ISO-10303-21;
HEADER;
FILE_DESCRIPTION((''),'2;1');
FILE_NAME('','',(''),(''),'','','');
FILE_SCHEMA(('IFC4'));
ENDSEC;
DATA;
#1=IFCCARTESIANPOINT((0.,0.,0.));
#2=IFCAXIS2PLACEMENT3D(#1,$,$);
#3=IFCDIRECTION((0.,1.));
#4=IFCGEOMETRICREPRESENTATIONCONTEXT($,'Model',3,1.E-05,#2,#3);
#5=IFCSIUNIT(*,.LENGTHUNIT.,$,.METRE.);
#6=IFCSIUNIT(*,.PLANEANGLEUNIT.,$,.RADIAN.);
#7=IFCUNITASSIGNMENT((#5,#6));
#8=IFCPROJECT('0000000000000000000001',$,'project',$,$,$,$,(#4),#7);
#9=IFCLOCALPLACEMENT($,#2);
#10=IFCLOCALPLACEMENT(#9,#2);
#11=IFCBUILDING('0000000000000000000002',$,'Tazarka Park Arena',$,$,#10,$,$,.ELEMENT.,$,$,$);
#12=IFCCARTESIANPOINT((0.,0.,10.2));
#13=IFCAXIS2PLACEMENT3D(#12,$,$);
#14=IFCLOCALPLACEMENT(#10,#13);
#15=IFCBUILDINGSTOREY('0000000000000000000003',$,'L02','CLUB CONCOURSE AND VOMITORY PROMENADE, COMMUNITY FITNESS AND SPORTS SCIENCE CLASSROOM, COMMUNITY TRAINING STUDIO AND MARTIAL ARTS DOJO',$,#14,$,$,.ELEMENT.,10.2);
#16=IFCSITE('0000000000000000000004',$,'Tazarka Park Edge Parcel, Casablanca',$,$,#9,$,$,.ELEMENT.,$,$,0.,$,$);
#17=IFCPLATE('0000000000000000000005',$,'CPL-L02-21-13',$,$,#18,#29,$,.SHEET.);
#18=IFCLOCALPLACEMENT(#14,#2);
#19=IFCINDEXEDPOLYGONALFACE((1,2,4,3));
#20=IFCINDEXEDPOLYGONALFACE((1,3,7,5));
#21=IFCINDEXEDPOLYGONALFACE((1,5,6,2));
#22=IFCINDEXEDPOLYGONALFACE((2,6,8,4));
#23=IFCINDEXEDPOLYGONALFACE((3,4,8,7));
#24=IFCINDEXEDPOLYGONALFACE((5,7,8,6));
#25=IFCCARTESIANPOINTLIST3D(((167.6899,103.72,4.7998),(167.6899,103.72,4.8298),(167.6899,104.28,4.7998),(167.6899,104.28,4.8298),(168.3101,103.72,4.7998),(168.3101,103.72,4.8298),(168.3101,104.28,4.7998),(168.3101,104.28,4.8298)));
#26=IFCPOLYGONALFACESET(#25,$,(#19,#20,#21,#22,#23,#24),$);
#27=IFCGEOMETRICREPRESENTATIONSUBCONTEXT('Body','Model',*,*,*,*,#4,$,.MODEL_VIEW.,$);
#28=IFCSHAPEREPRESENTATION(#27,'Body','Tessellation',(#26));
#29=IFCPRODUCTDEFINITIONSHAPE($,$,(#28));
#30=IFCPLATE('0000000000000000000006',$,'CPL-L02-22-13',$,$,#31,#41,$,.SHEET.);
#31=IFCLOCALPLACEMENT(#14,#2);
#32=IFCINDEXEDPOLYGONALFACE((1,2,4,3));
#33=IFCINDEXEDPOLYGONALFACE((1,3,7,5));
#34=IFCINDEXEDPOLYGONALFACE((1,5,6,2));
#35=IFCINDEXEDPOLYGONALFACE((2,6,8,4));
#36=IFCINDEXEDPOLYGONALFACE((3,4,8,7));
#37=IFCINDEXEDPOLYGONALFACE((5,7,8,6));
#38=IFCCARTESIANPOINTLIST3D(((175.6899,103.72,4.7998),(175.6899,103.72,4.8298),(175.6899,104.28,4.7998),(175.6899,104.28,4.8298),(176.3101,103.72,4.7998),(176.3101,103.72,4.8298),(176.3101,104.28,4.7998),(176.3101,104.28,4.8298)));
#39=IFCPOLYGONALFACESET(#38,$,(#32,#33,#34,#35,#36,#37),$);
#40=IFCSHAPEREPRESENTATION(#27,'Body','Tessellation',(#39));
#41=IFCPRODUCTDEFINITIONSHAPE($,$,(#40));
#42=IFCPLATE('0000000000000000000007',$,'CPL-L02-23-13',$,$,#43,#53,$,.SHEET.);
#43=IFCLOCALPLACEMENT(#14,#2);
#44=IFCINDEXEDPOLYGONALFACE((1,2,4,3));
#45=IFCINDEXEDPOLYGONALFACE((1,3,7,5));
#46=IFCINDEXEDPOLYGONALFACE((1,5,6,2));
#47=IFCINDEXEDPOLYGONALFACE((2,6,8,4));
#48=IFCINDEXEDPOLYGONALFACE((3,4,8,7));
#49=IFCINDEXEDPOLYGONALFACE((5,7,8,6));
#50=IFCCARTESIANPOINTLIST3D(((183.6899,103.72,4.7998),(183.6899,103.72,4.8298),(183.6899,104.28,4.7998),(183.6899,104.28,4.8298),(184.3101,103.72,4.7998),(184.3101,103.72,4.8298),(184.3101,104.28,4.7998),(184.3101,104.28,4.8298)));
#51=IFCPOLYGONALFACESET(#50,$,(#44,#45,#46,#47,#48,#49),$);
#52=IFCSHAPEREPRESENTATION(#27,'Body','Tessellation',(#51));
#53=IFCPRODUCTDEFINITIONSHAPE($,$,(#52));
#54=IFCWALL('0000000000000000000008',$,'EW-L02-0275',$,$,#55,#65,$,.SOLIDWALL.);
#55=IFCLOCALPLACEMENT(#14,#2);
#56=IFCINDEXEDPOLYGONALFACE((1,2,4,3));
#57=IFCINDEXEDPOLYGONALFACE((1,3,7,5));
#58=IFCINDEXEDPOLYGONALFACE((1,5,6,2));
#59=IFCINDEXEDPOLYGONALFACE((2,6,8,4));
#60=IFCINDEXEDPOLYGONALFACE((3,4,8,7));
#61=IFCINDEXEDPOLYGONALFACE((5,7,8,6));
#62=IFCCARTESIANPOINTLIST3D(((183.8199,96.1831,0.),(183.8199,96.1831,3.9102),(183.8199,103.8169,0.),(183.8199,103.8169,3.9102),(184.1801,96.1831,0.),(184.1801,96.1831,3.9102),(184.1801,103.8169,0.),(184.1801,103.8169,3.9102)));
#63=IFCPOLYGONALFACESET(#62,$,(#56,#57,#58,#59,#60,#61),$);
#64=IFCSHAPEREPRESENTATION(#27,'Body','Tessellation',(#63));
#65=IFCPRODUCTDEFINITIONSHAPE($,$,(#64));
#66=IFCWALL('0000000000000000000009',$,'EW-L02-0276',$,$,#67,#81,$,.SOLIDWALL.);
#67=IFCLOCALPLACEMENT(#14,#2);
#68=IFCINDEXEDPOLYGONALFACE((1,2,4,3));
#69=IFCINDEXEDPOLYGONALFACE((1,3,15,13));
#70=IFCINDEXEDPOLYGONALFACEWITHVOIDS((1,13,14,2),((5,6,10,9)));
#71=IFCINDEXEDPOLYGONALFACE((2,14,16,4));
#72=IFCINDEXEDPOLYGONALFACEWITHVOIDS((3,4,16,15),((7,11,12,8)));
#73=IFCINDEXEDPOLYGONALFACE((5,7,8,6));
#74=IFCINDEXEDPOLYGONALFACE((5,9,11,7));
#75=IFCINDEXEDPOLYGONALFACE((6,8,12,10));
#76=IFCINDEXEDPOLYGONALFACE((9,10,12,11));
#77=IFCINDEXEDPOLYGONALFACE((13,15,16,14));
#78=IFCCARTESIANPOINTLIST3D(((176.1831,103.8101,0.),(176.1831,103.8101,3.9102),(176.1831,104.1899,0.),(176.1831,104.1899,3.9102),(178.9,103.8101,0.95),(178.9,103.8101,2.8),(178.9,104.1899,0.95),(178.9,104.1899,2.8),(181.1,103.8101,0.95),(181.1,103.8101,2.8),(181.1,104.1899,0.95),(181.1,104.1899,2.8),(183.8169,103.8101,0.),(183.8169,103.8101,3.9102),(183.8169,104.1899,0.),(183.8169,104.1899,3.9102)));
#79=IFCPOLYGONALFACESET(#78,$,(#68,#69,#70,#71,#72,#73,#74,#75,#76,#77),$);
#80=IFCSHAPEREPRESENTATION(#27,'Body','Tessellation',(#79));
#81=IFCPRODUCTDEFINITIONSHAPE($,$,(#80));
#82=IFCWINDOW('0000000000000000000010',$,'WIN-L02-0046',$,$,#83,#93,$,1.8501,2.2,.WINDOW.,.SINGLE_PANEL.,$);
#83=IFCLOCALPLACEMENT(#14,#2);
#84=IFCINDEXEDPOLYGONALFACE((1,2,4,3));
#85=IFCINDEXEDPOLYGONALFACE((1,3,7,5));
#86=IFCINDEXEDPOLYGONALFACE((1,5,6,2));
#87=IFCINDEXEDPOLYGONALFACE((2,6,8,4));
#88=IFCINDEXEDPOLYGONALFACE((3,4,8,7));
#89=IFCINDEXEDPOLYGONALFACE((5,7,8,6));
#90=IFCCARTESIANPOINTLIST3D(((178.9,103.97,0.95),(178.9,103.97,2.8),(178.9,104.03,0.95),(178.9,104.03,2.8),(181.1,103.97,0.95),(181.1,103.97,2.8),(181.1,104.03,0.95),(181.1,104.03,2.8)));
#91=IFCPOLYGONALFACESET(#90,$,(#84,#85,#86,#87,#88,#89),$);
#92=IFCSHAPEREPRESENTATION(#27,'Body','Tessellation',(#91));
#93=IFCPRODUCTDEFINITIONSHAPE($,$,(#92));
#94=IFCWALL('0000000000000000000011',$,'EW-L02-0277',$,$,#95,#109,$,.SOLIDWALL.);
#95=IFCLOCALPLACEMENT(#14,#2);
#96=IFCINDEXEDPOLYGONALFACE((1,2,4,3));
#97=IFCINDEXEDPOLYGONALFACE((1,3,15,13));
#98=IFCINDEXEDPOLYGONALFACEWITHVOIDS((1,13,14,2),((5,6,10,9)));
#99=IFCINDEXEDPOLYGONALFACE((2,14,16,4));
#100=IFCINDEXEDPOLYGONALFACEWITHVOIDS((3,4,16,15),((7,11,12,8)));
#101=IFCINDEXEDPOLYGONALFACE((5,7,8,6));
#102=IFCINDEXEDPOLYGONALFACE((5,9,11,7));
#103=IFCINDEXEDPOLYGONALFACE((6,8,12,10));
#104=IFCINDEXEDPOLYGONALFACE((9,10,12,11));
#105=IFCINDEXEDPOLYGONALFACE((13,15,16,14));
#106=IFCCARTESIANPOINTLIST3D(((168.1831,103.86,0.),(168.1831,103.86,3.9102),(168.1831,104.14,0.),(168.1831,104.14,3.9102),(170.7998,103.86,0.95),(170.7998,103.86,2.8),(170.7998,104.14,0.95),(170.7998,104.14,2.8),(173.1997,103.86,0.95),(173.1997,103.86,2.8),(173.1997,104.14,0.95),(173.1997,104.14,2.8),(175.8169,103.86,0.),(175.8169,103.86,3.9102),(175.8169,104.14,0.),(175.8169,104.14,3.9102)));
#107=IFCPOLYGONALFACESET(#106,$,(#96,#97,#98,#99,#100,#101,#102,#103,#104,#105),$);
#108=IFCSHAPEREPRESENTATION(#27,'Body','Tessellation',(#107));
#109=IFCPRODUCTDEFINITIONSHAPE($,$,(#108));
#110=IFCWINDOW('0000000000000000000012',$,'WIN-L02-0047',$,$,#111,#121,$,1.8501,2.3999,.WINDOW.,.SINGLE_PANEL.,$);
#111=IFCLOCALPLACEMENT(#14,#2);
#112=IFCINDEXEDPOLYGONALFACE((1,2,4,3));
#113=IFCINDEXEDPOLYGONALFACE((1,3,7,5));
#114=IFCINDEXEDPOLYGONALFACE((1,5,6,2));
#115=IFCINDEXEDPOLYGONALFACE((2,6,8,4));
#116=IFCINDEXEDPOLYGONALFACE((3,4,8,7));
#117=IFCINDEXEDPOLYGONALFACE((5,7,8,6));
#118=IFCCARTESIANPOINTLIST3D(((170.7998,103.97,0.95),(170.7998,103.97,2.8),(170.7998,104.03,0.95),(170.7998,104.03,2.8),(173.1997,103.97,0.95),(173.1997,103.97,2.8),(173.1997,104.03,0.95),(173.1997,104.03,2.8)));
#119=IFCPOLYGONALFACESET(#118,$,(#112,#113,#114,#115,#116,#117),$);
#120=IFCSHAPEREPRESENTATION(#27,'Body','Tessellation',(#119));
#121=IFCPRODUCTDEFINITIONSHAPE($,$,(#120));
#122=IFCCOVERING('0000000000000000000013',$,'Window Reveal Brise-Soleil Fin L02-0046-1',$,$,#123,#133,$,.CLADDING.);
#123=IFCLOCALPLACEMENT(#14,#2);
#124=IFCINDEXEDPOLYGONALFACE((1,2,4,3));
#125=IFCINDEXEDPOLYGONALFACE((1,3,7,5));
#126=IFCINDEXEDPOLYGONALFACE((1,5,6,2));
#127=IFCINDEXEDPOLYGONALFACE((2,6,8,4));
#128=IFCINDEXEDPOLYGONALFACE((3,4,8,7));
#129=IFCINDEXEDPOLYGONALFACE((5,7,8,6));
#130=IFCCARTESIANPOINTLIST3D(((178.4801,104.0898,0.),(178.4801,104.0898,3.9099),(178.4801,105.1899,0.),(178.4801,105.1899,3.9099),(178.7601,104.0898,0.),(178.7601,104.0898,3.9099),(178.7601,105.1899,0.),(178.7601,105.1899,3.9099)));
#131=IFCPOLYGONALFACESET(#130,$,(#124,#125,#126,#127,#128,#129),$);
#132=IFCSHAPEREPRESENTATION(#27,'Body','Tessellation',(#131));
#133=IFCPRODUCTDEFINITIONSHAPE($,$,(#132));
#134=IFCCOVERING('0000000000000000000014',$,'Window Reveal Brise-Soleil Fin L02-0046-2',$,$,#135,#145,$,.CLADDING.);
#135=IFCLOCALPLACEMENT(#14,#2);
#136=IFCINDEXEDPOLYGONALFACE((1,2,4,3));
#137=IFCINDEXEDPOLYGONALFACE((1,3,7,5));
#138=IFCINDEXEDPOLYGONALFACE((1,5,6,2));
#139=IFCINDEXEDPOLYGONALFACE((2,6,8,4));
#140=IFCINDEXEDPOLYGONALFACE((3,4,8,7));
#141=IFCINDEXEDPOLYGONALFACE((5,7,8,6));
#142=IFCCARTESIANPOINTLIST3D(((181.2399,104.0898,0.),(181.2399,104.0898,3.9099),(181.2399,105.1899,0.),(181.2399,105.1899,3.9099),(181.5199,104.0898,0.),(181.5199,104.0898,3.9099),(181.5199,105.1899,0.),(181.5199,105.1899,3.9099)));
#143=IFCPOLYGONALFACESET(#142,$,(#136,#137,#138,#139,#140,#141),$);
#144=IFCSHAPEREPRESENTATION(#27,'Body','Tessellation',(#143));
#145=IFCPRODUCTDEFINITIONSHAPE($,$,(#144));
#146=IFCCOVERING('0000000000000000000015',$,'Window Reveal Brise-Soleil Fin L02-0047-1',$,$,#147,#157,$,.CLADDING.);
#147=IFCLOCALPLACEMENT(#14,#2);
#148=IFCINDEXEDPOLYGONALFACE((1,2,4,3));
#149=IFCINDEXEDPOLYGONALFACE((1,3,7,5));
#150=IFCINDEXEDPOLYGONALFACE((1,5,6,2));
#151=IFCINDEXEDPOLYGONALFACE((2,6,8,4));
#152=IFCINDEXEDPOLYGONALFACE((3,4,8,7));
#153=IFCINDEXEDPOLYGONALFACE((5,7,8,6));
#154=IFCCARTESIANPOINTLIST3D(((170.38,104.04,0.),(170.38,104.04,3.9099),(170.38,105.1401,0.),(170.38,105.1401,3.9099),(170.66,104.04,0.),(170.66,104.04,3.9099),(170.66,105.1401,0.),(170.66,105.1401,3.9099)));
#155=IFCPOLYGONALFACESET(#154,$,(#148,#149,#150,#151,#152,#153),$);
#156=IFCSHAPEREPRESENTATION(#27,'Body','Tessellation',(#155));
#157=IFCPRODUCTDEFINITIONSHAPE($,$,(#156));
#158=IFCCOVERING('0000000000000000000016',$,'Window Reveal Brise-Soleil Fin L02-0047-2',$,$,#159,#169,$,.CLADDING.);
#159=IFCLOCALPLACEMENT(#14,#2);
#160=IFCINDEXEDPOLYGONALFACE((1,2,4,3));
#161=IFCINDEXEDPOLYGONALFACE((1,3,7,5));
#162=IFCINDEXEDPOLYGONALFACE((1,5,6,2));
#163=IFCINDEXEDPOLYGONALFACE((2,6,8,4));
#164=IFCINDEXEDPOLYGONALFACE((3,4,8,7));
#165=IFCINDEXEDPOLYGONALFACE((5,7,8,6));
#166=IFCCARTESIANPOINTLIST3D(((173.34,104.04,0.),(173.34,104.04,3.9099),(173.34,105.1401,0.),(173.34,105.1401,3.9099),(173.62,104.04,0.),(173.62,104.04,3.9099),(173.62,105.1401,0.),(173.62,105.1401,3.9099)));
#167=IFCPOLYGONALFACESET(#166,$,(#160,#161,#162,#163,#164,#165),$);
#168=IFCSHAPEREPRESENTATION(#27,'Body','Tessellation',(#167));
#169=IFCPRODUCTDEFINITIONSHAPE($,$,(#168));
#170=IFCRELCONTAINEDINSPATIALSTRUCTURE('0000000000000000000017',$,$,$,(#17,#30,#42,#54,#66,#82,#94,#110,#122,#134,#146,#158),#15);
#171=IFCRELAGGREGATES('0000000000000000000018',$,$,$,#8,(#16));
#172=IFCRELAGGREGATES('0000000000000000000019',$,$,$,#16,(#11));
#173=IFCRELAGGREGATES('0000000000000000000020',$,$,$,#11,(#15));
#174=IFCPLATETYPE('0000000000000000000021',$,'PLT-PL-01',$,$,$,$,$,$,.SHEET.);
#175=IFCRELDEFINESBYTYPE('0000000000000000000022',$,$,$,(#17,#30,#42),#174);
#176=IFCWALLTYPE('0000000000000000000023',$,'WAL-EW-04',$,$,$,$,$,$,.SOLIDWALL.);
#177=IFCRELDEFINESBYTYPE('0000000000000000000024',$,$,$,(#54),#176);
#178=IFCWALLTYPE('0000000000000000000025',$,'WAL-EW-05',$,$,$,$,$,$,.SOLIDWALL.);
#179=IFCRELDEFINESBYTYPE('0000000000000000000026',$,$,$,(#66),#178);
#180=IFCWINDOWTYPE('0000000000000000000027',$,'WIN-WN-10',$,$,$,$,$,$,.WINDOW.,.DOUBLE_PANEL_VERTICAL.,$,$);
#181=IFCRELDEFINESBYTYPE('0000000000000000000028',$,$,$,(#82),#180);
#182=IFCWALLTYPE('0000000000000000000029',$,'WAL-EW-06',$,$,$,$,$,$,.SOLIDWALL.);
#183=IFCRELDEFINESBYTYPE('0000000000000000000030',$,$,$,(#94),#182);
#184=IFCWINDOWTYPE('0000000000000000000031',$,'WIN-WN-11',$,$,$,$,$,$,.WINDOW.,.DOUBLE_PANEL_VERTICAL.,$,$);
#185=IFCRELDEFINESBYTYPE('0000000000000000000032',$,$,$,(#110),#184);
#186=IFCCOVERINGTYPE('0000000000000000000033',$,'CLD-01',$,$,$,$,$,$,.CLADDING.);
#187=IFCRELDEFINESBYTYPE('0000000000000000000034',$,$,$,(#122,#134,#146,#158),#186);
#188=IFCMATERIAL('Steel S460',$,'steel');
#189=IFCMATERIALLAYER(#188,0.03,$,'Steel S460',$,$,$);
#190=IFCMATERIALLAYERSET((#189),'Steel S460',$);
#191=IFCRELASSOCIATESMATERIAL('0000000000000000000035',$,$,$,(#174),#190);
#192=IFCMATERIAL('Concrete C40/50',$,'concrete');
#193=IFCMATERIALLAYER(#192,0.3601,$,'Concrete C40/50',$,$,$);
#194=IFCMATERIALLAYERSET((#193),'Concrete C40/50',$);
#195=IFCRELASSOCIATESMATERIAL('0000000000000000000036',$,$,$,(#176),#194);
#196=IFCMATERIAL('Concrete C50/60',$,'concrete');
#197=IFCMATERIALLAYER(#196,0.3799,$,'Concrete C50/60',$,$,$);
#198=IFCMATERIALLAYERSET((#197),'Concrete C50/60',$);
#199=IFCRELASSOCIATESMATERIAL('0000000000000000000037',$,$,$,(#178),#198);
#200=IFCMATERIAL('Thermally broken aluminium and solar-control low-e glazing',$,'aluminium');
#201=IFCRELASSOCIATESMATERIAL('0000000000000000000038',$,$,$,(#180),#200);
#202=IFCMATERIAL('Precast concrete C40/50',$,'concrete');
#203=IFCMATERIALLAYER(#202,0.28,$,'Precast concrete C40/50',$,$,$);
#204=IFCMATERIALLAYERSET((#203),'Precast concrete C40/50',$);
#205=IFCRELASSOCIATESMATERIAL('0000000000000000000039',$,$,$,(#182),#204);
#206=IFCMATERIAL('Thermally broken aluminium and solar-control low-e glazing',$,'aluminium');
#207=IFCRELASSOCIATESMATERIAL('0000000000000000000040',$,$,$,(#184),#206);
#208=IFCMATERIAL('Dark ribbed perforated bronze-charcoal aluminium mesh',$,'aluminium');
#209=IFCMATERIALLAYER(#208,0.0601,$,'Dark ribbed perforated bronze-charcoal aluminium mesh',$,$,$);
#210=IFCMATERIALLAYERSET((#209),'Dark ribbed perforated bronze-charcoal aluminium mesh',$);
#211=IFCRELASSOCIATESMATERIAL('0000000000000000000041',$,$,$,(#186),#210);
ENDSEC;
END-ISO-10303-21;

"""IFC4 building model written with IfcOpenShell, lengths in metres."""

from ifc_helpers import new_model, si_unit, direction, frame, frame_2d, origin, origin_2d, place, context, subcontext, project, spatial, rectangle, extrude, material, layer, layer_set, type_object, element, fill, save


model = new_model("IFC4")

# Units and contexts
model_context = context("Model", 3, precision=1e-05, world=origin(), true_north=direction((0.0, 1.0)))
body_context = subcontext(model_context, "Body", "Model", "MODEL_VIEW")
ifc_project = project(units=[si_unit("LENGTHUNIT", "METRE"), si_unit("PLANEANGLEUNIT", "RADIAN")], contexts=[model_context])

# Site, building, storey
site_placement = place(None, origin())
site = spatial("IfcSite", under=ifc_project, at=site_placement, Name="Tazarka Park Edge Parcel, Casablanca", CompositionType="ELEMENT", RefElevation=0.0)
building_placement = place(site_placement, origin())
building = spatial("IfcBuilding", under=site, at=building_placement, Name="Tazarka Park Arena", CompositionType="ELEMENT")
storey_placement = place(building_placement, frame((0.0, 0.0, 10.2)))
storey = spatial("IfcBuildingStorey", under=building, at=storey_placement, Name="L02", Description="CLUB CONCOURSE AND VOMITORY PROMENADE, COMMUNITY FITNESS AND SPORTS SCIENCE CLASSROOM, COMMUNITY TRAINING STUDIO AND MARTIAL ARTS DOJO", CompositionType="ELEMENT", Elevation=10.2)

# Plates
ifc_material_1 = material(Name="Steel S460", Category="steel")
ifc_layer_1 = layer(ifc_material_1, 0.03, Name="Steel S460")
ifc_layer_set_1 = layer_set([ifc_layer_1], Name="Steel S460")
plate_type = type_object("IfcPlateType", Name="PLT-PL-01", PredefinedType="SHEET", material=ifc_layer_set_1)
for number, where, z_axis, x_axis, name in (
    (1, (168.0, 104.0, 4.7998), (0.0, 0.0, 1.0), (1.0, 0.0, 0.0), "CPL-L02-21-13"),
    (2, (176.0, 104.0, 4.7998), (0.0, 0.0, 1.0), (1.0, 0.0, 0.0), "CPL-L02-22-13"),
    (3, (184.0, 104.0, 4.7998), (0.0, 0.0, 1.0), (1.0, 0.0, 0.0), "CPL-L02-23-13"),
):
    element("IfcPlate", number, at=place(storey_placement, frame(where, z_axis=z_axis, x_axis=x_axis)), inside=storey, type_object=plate_type, Name=name, PredefinedType="SHEET", context=body_context, shape_type="SweptSolid", body=[
        extrude(rectangle(XDim=0.6201, YDim=0.5601, at=origin_2d()), origin(), (0.0, 0.0, 1.0), 0.03),
    ])

# Wall
ifc_material_2 = material(Name="Concrete C40/50", Category="concrete")
ifc_layer_2 = layer(ifc_material_2, 0.3601, Name="Concrete C40/50")
ifc_layer_set_2 = layer_set([ifc_layer_2], Name="Concrete C40/50")
wall_type_1 = type_object("IfcWallType", Name="WAL-EW-04", PredefinedType="SOLIDWALL", material=ifc_layer_set_2)
wall_1_placement = place(storey_placement, frame((184.0, 103.8169, 0.0), z_axis=(0.0, 0.0, 1.0), x_axis=(0.0, -1.0, 0.0)))
element("IfcWall", 4, at=wall_1_placement, inside=storey, type_object=wall_type_1, Name="EW-L02-0275", PredefinedType="SOLIDWALL", context=body_context, shape_type="SweptSolid", body=[
    extrude(rectangle(XDim=7.6338, YDim=0.3601, at=frame_2d((3.8169, 0.0))), origin(), (0.0, 0.0, 1.0), 3.9102),
])

# Walls, openings, windows
ifc_material_3 = material(Name="Concrete C50/60", Category="concrete")
ifc_layer_3 = layer(ifc_material_3, 0.3799, Name="Concrete C50/60")
ifc_layer_set_3 = layer_set([ifc_layer_3], Name="Concrete C50/60")
wall_type_2 = type_object("IfcWallType", Name="WAL-EW-05", PredefinedType="SOLIDWALL", material=ifc_layer_set_3)
wall_2_placement = place(storey_placement, frame((176.1831, 104.0, 0.0), z_axis=(0.0, 0.0, 1.0), x_axis=(1.0, 0.0, 0.0)))
wall_2 = element("IfcWall", 5, at=wall_2_placement, inside=storey, type_object=wall_type_2, Name="EW-L02-0276", PredefinedType="SOLIDWALL", context=body_context, shape_type="SweptSolid", body=[
    extrude(rectangle(XDim=7.6338, YDim=0.3799, at=frame_2d((3.8169, 0.0))), origin(), (0.0, 0.0, 1.0), 3.9102),
])
opening_1_placement = place(wall_2_placement, frame((2.7168, 0.0, 0.95)))
opening_1 = element("IfcOpeningElement", 6, at=opening_1_placement, cuts=wall_2, PredefinedType="OPENING", context=body_context, shape_type="SweptSolid", body=[
    extrude(rectangle(XDim=2.2, YDim=1.8501, at=frame_2d((1.1001, 0.925))), frame((0.0, 0.2, 0.0), z_axis=(0.0, -1.0, 0.0), x_axis=(1.0, 0.0, 0.0)), (0.0, 0.0, 1.0), 0.3999),
])
ifc_material_4 = material(Name="Thermally broken aluminium and solar-control low-e glazing", Category="aluminium")
window_type_1 = type_object("IfcWindowType", Name="WIN-WN-10", PartitioningType="DOUBLE_PANEL_VERTICAL", PredefinedType="WINDOW", material=ifc_material_4)
window_1_placement = place(opening_1_placement, origin())
window_1 = element("IfcWindow", 7, at=window_1_placement, inside=storey, type_object=window_type_1, Name="WIN-L02-0046", OverallHeight=1.8501, OverallWidth=2.2, PartitioningType="SINGLE_PANEL", PredefinedType="WINDOW", context=body_context, shape_type="SweptSolid", body=[
    extrude(rectangle(XDim=2.2, YDim=1.8501, at=frame_2d((1.1001, 0.925))), frame((0.0, 0.03, 0.0), z_axis=(0.0, -1.0, 0.0), x_axis=(1.0, 0.0, 0.0)), (0.0, 0.0, 1.0), 0.0601),
])
fill(opening_1, window_1)
ifc_material_5 = material(Name="Precast concrete C40/50", Category="concrete")
ifc_layer_4 = layer(ifc_material_5, 0.28, Name="Precast concrete C40/50")
ifc_layer_set_4 = layer_set([ifc_layer_4], Name="Precast concrete C40/50")
wall_type_3 = type_object("IfcWallType", Name="WAL-EW-06", PredefinedType="SOLIDWALL", material=ifc_layer_set_4)
wall_3_placement = place(storey_placement, frame((168.1831, 104.0, 0.0), z_axis=(0.0, 0.0, 1.0), x_axis=(1.0, 0.0, 0.0)))
wall_3 = element("IfcWall", 8, at=wall_3_placement, inside=storey, type_object=wall_type_3, Name="EW-L02-0277", PredefinedType="SOLIDWALL", context=body_context, shape_type="SweptSolid", body=[
    extrude(rectangle(XDim=7.6338, YDim=0.28, at=frame_2d((3.8169, 0.0))), origin(), (0.0, 0.0, 1.0), 3.9102),
])
opening_2_placement = place(wall_3_placement, frame((2.6167, 0.0, 0.95)))
opening_2 = element("IfcOpeningElement", 9, at=opening_2_placement, cuts=wall_3, PredefinedType="OPENING", context=body_context, shape_type="SweptSolid", body=[
    extrude(rectangle(XDim=2.3999, YDim=1.8501, at=frame_2d((1.2, 0.925))), frame((0.0, 0.1499, 0.0), z_axis=(0.0, -1.0, 0.0), x_axis=(1.0, 0.0, 0.0)), (0.0, 0.0, 1.0), 0.3),
])
ifc_material_6 = material(Name="Thermally broken aluminium and solar-control low-e glazing", Category="aluminium")
window_type_2 = type_object("IfcWindowType", Name="WIN-WN-11", PartitioningType="DOUBLE_PANEL_VERTICAL", PredefinedType="WINDOW", material=ifc_material_6)
window_2_placement = place(opening_2_placement, origin())
window_2 = element("IfcWindow", 10, at=window_2_placement, inside=storey, type_object=window_type_2, Name="WIN-L02-0047", OverallHeight=1.8501, OverallWidth=2.3999, PartitioningType="SINGLE_PANEL", PredefinedType="WINDOW", context=body_context, shape_type="SweptSolid", body=[
    extrude(rectangle(XDim=2.3999, YDim=1.8501, at=frame_2d((1.2, 0.925))), frame((0.0, 0.03, 0.0), z_axis=(0.0, -1.0, 0.0), x_axis=(1.0, 0.0, 0.0)), (0.0, 0.0, 1.0), 0.0601),
])
fill(opening_2, window_2)

# Coverings
ifc_material_7 = material(Name="Dark ribbed perforated bronze-charcoal aluminium mesh", Category="aluminium")
ifc_layer_5 = layer(ifc_material_7, 0.0601, Name="Dark ribbed perforated bronze-charcoal aluminium mesh")
ifc_layer_set_5 = layer_set([ifc_layer_5], Name="Dark ribbed perforated bronze-charcoal aluminium mesh")
covering_type = type_object("IfcCoveringType", Name="CLD-01", PredefinedType="CLADDING", material=ifc_layer_set_5)
for number, where, z_axis, x_axis, name in (
    (11, (178.6201, 104.6399, 0.0), (0.0, 0.0, 1.0), (1.0, 0.0, 0.0), "Window Reveal Brise-Soleil Fin L02-0046-1"),
    (12, (181.3799, 104.6399, 0.0), (0.0, 0.0, 1.0), (1.0, 0.0, 0.0), "Window Reveal Brise-Soleil Fin L02-0046-2"),
    (13, (170.52, 104.5901, 0.0), (0.0, 0.0, 1.0), (1.0, 0.0, 0.0), "Window Reveal Brise-Soleil Fin L02-0047-1"),
    (14, (173.48, 104.5901, 0.0), (0.0, 0.0, 1.0), (1.0, 0.0, 0.0), "Window Reveal Brise-Soleil Fin L02-0047-2"),
):
    element("IfcCovering", number, at=place(storey_placement, frame(where, z_axis=z_axis, x_axis=x_axis)), inside=storey, type_object=covering_type, Name=name, PredefinedType="CLADDING", context=body_context, shape_type="SweptSolid", body=[
        extrude(rectangle(XDim=0.28, YDim=1.1001, at=origin_2d()), origin(), (0.0, 0.0, 1.0), 3.9099),
    ])

save(model, "model.ifc")
